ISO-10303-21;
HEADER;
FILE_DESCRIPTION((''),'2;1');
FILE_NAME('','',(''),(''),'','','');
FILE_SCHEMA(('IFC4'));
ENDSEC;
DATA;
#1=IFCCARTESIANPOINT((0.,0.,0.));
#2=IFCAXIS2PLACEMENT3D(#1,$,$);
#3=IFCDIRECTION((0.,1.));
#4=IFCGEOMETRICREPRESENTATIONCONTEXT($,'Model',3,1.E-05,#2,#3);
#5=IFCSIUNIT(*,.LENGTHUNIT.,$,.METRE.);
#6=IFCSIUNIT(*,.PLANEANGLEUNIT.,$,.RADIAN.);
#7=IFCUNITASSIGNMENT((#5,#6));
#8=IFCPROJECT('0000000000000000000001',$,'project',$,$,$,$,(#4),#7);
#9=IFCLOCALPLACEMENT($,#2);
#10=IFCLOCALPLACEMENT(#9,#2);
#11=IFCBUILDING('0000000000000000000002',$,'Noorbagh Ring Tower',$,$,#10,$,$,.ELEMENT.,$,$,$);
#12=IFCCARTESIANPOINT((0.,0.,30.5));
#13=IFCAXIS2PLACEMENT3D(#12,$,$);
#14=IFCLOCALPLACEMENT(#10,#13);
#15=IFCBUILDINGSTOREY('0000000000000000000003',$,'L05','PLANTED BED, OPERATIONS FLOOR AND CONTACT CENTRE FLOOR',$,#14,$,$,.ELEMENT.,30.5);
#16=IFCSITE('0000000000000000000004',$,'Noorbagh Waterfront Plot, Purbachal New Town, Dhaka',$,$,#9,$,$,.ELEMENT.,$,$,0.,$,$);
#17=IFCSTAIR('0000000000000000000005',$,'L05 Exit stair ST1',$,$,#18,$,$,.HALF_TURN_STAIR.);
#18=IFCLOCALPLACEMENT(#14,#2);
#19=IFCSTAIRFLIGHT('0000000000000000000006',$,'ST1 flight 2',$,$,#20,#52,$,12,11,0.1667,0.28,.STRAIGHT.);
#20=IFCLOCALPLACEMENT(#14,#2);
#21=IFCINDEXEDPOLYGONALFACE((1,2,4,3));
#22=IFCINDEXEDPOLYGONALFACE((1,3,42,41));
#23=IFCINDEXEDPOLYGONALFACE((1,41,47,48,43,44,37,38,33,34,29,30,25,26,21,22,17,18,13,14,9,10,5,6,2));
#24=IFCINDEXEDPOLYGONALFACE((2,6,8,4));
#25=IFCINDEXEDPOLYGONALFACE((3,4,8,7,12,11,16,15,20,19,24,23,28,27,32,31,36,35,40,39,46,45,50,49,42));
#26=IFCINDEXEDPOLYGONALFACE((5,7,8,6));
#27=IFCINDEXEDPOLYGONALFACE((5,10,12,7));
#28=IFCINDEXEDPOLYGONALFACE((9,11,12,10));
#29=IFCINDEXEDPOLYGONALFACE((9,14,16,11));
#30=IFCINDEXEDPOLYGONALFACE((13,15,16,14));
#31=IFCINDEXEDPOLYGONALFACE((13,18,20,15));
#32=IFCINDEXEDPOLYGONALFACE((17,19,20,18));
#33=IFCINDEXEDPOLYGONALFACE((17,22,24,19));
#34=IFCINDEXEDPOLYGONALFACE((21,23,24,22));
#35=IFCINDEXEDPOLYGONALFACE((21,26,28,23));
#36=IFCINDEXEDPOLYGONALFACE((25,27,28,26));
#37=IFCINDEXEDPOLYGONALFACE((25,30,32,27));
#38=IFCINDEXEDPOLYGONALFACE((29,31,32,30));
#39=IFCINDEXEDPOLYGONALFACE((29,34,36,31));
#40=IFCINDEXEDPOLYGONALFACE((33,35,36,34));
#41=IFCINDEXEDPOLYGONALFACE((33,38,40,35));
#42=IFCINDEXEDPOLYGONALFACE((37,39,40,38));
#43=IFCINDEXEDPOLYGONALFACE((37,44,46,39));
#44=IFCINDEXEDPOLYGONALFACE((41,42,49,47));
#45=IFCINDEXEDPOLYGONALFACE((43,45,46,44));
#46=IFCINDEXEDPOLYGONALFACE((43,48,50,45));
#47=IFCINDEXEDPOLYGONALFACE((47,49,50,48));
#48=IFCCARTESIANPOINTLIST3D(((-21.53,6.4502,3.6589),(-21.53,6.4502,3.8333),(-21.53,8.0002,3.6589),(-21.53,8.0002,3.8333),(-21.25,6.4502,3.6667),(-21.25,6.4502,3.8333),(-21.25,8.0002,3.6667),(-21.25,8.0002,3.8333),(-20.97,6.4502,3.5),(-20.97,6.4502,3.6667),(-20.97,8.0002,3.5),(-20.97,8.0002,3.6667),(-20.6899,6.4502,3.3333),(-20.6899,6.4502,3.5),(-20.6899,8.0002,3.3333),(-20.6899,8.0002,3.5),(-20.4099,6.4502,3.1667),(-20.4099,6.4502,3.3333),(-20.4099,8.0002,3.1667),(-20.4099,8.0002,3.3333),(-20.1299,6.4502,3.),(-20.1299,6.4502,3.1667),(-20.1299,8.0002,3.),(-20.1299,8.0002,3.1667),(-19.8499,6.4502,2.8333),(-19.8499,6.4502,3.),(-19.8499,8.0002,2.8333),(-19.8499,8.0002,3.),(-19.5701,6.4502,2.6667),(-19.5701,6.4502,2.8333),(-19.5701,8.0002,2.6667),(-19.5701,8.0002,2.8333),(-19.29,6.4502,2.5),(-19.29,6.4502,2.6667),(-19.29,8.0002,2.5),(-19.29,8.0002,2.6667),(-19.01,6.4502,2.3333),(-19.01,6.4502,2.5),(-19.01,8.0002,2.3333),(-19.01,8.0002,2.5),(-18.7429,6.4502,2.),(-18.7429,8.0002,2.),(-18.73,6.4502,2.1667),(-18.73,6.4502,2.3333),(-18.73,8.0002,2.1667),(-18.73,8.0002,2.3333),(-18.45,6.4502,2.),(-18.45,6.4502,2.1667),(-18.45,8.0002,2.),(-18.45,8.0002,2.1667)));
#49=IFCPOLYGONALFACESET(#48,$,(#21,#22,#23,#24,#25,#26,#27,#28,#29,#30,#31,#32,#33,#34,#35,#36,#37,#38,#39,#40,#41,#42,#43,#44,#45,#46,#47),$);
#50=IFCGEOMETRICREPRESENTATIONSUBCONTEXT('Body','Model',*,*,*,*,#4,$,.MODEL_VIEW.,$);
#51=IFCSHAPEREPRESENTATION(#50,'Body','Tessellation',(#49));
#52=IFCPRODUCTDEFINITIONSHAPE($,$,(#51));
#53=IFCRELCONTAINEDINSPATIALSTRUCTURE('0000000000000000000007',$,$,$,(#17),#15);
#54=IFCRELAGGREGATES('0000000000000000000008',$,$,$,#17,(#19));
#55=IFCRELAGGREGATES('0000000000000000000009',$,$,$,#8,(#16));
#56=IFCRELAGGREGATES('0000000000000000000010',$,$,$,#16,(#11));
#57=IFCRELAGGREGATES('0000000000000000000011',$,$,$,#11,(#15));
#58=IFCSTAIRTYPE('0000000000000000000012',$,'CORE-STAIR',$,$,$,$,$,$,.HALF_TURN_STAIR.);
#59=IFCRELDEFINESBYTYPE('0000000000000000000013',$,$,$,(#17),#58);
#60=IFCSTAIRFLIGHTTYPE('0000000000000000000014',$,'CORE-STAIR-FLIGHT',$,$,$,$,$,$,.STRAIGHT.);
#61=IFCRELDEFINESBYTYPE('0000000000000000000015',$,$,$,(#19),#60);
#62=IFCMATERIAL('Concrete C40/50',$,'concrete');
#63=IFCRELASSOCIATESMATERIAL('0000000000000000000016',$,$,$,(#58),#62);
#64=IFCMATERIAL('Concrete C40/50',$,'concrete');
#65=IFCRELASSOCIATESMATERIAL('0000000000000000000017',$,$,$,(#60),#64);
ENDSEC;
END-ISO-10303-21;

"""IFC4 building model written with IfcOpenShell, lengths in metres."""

from ifc_helpers import new_model, si_unit, direction, frame, origin, place, context, subcontext, project, spatial, polyline, outline, extrude, material, type_object, element, aggregate, save


model = new_model("IFC4")

# Units and contexts
model_context = context("Model", 3, precision=1e-05, world=origin(), true_north=direction((0.0, 1.0)))
body_context = subcontext(model_context, "Body", "Model", "MODEL_VIEW")
ifc_project = project(units=[si_unit("LENGTHUNIT", "METRE"), si_unit("PLANEANGLEUNIT", "RADIAN")], contexts=[model_context])

# Site, building, storey
site_placement = place(None, origin())
site = spatial("IfcSite", under=ifc_project, at=site_placement, Name="Noorbagh Waterfront Plot, Purbachal New Town, Dhaka", CompositionType="ELEMENT", RefElevation=0.0)
building_placement = place(site_placement, origin())
building = spatial("IfcBuilding", under=site, at=building_placement, Name="Noorbagh Ring Tower", CompositionType="ELEMENT")
storey_placement = place(building_placement, frame((0.0, 0.0, 30.5)))
storey = spatial("IfcBuildingStorey", under=building, at=storey_placement, Name="L05", Description="PLANTED BED, OPERATIONS FLOOR AND CONTACT CENTRE FLOOR", CompositionType="ELEMENT", Elevation=30.5)

# Stair, stair flight
ifc_material_1 = material(Name="Concrete C40/50", Category="concrete")
stair_type = type_object("IfcStairType", Name="CORE-STAIR", PredefinedType="HALF_TURN_STAIR", material=ifc_material_1)
stair_placement = place(storey_placement, origin())
stair = element("IfcStair", 1, at=stair_placement, inside=storey, type_object=stair_type, Name="L05 Exit stair ST1", PredefinedType="HALF_TURN_STAIR")
ifc_material_2 = material(Name="Concrete C40/50", Category="concrete")
stair_flight_type = type_object("IfcStairFlightType", Name="CORE-STAIR-FLIGHT", PredefinedType="STRAIGHT", material=ifc_material_2)
stair_flight_placement = place(storey_placement, frame((-18.45, 7.2251, 2.0), z_axis=(0.0, 0.0, 1.0), x_axis=(-1.0, 0.0, 0.0)))
stair_flight = element("IfcStairFlight", 2, at=stair_flight_placement, type_object=stair_flight_type, Name="ST1 flight 2", NumberOfRisers=12, NumberOfTreads=11, PredefinedType="STRAIGHT", RiserHeight=0.1667, TreadLength=0.28, context=body_context, shape_type="SweptSolid", body=[
    extrude(outline(polyline([(0.0, 0.0), (0.0, 0.1667), (0.28, 0.1667), (0.28, 0.3333), (0.5601, 0.3333), (0.5601, 0.5), (0.8401, 0.5), (0.8401, 0.6667), (1.1201, 0.6667), (1.1201, 0.8333), (1.3999, 0.8333), (1.3999, 1.0), (1.6799, 1.0), (1.6799, 1.1667), (1.96, 1.1667), (1.96, 1.3333), (2.24, 1.3333), (2.24, 1.5), (2.52, 1.5), (2.52, 1.6667), (2.8, 1.6667), (2.8, 1.8333), (3.0801, 1.8333), (3.0801, 2.0), (3.0801, 1.6589), (0.293, 0.0), (0.0, 0.0)])), frame((0.0, 0.7749, 0.0), z_axis=(0.0, -1.0, 0.0), x_axis=(1.0, 0.0, 0.0)), (0.0, 0.0, 1.0), 1.55),
])
aggregate(stair, [stair_flight])

save(model, "model.ifc")
